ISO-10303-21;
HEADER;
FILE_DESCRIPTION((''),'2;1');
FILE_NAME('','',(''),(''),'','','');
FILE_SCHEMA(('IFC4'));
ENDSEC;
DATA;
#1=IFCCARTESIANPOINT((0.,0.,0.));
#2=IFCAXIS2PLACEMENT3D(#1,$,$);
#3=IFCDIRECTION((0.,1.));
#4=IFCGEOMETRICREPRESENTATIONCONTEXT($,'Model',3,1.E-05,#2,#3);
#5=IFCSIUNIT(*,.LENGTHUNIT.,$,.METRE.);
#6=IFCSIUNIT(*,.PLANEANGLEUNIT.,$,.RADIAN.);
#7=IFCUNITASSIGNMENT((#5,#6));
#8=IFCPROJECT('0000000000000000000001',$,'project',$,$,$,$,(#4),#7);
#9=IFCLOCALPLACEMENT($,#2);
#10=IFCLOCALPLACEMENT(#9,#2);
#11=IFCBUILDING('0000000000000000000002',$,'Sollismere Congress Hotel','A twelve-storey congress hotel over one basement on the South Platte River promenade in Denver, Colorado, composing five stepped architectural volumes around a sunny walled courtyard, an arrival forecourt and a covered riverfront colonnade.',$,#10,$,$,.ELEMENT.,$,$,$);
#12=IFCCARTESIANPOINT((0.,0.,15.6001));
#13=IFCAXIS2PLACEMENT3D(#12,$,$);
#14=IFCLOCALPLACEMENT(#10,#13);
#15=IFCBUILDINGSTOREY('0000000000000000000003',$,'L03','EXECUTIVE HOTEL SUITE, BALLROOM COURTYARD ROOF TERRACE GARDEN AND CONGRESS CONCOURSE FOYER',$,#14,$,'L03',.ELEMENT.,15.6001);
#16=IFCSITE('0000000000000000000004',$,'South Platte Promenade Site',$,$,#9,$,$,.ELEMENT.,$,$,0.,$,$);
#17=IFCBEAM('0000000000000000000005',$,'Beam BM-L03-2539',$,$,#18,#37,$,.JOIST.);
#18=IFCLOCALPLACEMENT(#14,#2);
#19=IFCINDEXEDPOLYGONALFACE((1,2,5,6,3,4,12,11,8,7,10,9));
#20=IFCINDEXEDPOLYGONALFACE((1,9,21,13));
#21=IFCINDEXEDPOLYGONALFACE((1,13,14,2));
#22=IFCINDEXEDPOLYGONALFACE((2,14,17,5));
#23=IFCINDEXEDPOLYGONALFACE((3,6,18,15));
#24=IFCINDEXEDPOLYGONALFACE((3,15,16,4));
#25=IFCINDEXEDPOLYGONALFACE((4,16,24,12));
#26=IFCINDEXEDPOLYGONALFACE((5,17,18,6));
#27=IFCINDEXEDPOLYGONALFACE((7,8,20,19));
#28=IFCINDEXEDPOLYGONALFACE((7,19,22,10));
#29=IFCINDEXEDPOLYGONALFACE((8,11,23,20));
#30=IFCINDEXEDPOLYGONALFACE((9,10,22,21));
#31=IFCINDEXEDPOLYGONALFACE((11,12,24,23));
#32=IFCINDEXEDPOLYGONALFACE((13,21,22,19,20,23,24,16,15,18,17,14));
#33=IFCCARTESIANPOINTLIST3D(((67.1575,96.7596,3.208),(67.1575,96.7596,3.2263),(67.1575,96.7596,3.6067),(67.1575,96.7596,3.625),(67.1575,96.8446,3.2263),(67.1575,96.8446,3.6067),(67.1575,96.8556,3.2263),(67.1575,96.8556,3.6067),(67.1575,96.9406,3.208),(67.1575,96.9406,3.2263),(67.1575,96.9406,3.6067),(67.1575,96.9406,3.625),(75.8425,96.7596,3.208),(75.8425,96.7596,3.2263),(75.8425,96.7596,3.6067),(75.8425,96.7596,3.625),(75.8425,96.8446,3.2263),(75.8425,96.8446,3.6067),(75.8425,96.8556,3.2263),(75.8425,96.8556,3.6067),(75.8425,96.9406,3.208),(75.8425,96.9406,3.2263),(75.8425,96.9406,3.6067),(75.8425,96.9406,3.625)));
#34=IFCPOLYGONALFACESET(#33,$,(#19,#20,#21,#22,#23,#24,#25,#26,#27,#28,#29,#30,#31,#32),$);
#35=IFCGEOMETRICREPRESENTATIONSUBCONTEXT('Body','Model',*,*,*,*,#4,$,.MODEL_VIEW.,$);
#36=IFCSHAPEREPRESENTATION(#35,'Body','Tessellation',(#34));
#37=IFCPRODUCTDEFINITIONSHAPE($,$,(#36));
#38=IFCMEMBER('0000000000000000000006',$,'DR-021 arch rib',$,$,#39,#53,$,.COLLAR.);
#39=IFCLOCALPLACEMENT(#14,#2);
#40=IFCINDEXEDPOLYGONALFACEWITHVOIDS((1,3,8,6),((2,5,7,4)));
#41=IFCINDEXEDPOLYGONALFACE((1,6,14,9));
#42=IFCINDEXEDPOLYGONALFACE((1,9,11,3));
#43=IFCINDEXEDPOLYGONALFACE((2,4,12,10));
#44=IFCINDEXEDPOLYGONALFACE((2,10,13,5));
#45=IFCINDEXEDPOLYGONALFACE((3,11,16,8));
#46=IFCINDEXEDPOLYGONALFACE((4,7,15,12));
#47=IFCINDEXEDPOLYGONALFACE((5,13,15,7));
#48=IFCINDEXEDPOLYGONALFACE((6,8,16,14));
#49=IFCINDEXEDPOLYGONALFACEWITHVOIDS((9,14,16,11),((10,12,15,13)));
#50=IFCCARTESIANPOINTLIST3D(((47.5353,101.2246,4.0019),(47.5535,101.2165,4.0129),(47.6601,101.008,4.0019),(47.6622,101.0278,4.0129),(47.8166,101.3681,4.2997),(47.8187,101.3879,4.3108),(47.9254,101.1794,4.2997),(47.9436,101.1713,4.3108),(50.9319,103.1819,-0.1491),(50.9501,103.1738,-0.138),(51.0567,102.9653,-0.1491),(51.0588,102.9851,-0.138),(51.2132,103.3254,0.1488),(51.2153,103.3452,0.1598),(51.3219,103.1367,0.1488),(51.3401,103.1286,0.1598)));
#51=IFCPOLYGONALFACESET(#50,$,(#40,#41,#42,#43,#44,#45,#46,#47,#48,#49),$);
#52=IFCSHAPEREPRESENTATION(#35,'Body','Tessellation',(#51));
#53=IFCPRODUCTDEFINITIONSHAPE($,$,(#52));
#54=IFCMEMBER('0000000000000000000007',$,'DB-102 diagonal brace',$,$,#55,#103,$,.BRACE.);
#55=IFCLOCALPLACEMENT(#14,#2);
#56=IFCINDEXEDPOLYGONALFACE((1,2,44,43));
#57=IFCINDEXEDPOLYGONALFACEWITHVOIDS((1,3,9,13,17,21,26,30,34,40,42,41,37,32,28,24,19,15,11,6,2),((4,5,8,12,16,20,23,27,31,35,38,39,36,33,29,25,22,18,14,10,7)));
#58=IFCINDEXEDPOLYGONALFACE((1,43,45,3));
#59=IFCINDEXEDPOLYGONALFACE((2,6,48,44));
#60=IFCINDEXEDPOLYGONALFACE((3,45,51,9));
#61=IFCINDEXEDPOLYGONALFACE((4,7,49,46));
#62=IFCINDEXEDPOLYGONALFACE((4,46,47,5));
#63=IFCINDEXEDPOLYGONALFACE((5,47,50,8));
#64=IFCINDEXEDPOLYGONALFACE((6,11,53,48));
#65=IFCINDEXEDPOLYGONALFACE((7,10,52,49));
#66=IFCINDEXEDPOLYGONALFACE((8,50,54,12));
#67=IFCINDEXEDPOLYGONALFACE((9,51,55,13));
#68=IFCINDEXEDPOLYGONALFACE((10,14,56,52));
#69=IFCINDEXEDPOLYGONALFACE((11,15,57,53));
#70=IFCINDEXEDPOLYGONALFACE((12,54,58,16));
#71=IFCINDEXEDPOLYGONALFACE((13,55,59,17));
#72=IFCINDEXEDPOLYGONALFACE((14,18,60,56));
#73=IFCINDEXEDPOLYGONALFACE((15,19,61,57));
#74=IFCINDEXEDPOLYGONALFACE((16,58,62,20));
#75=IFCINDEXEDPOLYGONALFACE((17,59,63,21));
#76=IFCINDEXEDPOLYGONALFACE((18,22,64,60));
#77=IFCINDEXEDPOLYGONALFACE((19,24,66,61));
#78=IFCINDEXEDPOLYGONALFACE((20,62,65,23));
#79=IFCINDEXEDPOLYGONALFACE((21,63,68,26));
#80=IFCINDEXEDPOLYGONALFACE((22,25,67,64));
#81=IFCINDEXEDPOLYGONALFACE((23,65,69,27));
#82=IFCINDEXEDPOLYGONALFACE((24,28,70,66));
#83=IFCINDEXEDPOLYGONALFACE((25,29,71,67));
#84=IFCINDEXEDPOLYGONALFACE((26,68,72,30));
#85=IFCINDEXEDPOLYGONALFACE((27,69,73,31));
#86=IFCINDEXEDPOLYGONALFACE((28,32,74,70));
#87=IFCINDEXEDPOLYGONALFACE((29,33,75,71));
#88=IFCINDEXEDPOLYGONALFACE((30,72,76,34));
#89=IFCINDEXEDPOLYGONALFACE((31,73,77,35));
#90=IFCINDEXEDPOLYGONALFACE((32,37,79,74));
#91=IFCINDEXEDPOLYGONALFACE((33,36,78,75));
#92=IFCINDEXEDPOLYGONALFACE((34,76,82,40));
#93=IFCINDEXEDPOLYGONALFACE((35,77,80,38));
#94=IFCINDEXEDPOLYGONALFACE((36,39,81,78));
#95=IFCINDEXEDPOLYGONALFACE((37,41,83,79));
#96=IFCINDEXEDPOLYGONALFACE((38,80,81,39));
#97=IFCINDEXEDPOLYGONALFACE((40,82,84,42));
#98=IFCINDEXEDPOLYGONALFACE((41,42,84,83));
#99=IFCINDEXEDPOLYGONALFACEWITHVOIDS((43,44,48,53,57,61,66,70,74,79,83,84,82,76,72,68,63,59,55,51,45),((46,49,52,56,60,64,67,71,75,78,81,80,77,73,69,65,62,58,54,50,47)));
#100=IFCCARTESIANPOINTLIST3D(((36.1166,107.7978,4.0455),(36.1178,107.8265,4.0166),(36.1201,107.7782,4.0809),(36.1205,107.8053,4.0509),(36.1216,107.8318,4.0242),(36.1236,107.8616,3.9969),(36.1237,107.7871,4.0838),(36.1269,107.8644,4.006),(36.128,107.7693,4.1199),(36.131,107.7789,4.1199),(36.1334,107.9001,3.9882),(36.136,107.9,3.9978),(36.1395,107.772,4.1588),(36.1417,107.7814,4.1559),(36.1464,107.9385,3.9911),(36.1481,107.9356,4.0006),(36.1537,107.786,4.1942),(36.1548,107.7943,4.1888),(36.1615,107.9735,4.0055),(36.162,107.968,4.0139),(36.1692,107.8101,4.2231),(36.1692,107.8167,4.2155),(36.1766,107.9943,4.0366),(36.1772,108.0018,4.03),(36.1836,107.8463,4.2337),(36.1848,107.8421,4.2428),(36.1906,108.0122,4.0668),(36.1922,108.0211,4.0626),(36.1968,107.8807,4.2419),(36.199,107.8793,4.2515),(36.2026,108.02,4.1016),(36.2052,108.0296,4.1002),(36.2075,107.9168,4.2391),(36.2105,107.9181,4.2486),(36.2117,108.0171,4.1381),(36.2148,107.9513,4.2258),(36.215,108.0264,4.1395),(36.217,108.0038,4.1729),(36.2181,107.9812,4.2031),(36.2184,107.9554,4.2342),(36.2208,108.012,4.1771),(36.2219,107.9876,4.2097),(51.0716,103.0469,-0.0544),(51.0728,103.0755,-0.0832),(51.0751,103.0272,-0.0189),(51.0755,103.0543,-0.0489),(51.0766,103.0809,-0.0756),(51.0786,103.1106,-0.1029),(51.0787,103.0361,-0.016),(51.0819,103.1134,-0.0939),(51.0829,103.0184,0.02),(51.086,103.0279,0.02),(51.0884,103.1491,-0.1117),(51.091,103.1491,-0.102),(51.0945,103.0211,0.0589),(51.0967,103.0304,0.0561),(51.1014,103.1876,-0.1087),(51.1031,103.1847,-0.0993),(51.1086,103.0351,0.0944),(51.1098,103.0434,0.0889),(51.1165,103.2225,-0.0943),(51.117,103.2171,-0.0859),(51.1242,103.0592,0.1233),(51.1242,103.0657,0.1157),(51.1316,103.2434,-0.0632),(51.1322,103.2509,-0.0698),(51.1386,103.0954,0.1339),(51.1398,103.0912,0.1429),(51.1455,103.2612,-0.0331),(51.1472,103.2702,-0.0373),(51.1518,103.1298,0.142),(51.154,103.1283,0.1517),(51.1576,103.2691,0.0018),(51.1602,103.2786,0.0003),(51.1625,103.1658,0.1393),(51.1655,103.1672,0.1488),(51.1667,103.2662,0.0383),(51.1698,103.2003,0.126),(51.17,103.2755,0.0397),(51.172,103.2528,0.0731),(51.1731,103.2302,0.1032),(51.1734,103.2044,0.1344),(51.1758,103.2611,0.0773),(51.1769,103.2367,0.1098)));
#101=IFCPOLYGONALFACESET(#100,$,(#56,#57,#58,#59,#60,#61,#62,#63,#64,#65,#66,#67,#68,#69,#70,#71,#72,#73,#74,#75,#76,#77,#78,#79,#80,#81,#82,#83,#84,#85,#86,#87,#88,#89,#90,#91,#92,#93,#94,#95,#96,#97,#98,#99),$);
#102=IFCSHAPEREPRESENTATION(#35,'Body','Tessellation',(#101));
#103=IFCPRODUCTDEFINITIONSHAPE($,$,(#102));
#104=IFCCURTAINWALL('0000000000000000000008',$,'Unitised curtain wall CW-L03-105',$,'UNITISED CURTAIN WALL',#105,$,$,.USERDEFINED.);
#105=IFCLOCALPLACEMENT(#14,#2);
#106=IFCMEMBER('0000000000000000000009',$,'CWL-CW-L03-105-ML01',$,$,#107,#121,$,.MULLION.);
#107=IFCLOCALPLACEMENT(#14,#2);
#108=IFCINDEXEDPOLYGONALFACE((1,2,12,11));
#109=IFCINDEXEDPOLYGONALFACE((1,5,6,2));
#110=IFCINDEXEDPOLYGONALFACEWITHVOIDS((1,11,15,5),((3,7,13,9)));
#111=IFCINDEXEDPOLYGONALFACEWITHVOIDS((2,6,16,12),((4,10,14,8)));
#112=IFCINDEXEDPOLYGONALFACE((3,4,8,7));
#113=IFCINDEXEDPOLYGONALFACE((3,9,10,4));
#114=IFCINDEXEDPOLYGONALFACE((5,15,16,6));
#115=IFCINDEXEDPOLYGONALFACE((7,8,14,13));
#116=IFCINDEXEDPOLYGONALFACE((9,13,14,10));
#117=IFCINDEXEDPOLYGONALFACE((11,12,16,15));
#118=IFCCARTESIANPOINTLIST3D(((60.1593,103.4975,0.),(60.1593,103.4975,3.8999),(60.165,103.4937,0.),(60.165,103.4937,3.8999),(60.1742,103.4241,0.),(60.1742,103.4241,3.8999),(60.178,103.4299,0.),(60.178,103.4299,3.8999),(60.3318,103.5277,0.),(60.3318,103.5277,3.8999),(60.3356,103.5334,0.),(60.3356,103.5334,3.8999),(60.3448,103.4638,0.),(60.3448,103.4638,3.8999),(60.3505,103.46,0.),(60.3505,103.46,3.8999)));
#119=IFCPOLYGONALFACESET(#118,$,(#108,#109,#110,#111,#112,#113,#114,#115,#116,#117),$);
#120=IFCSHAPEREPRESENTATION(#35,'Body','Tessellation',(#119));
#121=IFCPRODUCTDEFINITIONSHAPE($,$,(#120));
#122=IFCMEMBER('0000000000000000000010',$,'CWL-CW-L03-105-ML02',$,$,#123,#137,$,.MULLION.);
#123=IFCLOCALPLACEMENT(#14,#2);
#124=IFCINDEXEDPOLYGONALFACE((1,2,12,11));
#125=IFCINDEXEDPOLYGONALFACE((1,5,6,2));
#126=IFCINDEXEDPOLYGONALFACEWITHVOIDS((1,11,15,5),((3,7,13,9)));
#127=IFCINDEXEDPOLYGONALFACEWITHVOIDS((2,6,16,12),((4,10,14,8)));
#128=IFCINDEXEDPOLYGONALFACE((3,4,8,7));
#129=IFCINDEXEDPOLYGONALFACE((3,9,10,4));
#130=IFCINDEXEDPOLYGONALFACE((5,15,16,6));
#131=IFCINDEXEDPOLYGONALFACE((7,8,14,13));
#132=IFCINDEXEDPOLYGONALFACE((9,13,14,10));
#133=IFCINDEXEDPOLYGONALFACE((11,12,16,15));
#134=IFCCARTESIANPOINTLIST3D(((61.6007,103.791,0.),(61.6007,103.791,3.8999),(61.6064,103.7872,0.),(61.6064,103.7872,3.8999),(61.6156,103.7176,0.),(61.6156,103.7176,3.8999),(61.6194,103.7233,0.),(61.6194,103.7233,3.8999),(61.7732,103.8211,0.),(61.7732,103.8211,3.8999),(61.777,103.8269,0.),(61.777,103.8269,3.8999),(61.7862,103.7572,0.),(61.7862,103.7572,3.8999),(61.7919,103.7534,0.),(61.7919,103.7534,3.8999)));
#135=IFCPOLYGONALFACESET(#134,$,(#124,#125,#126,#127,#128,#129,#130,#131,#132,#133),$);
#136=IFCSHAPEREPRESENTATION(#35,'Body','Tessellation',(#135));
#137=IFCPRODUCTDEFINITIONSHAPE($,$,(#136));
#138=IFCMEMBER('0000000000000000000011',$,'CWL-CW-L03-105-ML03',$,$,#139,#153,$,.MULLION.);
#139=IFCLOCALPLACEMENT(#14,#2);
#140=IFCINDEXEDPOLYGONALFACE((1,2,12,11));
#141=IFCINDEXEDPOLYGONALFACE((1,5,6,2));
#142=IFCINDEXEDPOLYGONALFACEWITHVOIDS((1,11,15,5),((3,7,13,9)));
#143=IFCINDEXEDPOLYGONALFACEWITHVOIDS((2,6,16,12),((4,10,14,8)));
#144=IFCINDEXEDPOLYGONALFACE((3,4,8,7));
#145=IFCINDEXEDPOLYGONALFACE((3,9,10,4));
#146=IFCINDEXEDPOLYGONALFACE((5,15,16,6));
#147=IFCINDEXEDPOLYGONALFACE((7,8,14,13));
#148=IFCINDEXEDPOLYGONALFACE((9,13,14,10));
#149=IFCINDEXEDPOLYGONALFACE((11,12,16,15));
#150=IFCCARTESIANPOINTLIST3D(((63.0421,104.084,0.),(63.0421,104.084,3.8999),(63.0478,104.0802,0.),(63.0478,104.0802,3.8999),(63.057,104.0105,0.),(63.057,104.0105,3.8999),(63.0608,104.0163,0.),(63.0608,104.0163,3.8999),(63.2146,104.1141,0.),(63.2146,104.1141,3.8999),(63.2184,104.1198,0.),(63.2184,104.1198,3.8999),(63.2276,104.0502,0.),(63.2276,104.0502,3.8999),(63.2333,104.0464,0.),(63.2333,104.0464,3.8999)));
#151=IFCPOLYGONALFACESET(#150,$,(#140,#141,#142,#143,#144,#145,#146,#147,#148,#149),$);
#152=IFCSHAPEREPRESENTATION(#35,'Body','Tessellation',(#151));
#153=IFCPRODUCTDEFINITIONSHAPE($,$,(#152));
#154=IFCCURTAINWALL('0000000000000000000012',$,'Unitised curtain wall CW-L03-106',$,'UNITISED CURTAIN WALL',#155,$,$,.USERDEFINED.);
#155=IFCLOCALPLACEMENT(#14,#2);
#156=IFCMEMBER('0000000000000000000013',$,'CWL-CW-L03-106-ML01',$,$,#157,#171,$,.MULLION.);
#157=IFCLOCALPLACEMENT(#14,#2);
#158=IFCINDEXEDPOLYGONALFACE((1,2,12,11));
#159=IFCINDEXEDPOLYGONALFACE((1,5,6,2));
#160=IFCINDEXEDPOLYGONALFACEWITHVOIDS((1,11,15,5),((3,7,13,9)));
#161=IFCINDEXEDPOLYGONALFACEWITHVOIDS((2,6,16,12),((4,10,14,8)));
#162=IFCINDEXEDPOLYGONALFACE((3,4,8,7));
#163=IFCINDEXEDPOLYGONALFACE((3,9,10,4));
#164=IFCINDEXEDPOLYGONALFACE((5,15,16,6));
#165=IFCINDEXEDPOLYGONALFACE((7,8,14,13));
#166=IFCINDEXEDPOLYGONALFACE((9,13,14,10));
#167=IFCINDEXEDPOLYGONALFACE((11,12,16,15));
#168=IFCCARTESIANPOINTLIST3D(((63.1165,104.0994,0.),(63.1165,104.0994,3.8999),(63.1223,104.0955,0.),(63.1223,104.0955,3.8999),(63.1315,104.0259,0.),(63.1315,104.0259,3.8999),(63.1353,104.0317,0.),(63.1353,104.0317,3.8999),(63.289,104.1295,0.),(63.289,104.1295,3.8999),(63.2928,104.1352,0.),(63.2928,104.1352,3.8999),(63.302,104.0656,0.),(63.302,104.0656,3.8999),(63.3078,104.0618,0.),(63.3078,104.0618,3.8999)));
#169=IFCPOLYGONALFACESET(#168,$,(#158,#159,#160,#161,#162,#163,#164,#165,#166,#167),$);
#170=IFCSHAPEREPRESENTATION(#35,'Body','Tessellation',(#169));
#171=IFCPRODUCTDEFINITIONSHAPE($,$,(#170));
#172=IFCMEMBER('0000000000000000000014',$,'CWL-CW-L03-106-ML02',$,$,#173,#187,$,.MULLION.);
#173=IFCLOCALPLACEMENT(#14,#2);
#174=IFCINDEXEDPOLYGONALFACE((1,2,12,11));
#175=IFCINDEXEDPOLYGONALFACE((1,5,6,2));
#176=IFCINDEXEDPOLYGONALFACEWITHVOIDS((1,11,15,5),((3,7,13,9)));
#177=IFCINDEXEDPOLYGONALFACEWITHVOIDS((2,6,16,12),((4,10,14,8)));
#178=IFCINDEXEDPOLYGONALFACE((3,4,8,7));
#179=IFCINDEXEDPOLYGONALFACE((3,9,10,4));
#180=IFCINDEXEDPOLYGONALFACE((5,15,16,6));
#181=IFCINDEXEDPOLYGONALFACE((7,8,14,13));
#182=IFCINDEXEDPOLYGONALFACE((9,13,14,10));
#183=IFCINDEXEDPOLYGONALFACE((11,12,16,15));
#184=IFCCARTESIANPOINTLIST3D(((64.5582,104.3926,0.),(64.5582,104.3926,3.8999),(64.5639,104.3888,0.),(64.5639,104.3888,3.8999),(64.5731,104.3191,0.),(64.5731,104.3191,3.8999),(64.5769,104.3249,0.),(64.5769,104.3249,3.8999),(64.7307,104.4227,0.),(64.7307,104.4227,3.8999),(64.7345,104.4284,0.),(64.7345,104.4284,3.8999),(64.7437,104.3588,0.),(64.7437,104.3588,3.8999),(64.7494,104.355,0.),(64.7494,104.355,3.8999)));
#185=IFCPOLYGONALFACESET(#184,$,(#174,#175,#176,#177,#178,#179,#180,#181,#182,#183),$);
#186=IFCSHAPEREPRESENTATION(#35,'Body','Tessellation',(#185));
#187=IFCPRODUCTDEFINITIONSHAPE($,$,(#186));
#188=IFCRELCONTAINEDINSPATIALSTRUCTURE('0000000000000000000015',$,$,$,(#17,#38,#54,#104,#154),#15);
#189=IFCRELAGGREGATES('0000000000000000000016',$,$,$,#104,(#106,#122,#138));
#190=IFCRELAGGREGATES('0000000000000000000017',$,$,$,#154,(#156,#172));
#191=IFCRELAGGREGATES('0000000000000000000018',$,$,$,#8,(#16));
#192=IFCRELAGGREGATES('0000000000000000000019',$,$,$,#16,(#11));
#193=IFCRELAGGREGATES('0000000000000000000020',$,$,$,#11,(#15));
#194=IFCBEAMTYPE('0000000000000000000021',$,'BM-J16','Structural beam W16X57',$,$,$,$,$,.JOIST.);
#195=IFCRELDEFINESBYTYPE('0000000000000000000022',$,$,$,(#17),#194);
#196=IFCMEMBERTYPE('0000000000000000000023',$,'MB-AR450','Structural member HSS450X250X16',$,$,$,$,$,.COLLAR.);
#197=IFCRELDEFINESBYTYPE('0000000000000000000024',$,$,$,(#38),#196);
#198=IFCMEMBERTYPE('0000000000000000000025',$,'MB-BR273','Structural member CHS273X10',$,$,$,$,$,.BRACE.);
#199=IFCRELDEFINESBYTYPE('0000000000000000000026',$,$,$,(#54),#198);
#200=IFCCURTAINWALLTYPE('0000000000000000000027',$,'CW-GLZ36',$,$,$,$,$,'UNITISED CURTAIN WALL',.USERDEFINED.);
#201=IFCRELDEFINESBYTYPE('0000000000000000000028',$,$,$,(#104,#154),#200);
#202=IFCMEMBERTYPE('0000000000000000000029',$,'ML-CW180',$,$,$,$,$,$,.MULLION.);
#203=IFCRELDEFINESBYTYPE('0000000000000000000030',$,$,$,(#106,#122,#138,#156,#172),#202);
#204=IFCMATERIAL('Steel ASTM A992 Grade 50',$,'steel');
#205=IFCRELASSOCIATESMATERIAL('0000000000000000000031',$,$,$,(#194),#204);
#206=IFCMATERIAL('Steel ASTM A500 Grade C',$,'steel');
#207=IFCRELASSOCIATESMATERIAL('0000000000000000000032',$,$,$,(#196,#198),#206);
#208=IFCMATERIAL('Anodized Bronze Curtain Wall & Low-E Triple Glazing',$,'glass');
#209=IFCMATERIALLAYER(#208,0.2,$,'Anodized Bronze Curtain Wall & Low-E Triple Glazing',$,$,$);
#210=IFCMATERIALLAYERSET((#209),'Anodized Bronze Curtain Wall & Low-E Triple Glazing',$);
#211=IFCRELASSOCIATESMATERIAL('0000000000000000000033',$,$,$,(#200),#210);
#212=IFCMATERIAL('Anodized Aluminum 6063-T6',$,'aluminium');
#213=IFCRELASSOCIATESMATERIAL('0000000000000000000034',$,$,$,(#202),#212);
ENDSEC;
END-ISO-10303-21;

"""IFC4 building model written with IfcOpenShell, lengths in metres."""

from ifc_helpers import new_model, si_unit, direction, frame, origin, origin_2d, place, context, subcontext, project, spatial, hollow_rectangle, hollow_circle, i_section, extrude, material, layer, layer_set, material_profile, profile_set, type_object, element, aggregate, save


model = new_model("IFC4")

# Units and contexts
model_context = context("Model", 3, precision=1e-05, world=origin(), true_north=direction((0.0, 1.0)))
body_context = subcontext(model_context, "Body", "Model", "MODEL_VIEW")
ifc_project = project(units=[si_unit("LENGTHUNIT", "METRE"), si_unit("PLANEANGLEUNIT", "RADIAN")], contexts=[model_context])

# Site, building, storey
site_placement = place(None, origin())
site = spatial("IfcSite", under=ifc_project, at=site_placement, Name="South Platte Promenade Site", CompositionType="ELEMENT", RefElevation=0.0)
building_placement = place(site_placement, origin())
building = spatial("IfcBuilding", under=site, at=building_placement, Name="Sollismere Congress Hotel", Description="A twelve-storey congress hotel over one basement on the South Platte River promenade in Denver, Colorado, composing five stepped architectural volumes around a sunny walled courtyard, an arrival forecourt and a covered riverfront colonnade.", CompositionType="ELEMENT")
storey_placement = place(building_placement, frame((0.0, 0.0, 15.6001)))
storey = spatial("IfcBuildingStorey", under=building, at=storey_placement, Name="L03", Description="EXECUTIVE HOTEL SUITE, BALLROOM COURTYARD ROOF TERRACE GARDEN AND CONGRESS CONCOURSE FOYER", LongName="L03", CompositionType="ELEMENT", Elevation=15.6001)

# Shared definitions
ifc_material_1 = material(Name="Steel ASTM A992 Grade 50", Category="steel")

# Beam
ifc_material_profile_1 = material_profile(ifc_material_1, i_section(OverallWidth=0.1809, OverallDepth=0.417, WebThickness=0.011, FlangeThickness=0.0183, at=origin_2d()), Name="W16X57")
ifc_profile_set_1 = profile_set([ifc_material_profile_1], Name="Steel ASTM A992 Grade 50")
beam_type_1 = type_object("IfcBeamType", Name="BM-J16", Description="Structural beam W16X57", PredefinedType="JOIST", material=ifc_profile_set_1)
beam_1_placement = place(storey_placement, frame((67.1575, 96.8501, 3.4165), z_axis=(1.0, 0.0, 0.0), x_axis=(0.0, 1.0, 0.0)))
element("IfcBeam", 1, at=beam_1_placement, inside=storey, type_object=beam_type_1, Name="Beam BM-L03-2539", PredefinedType="JOIST", context=body_context, shape_type="SweptSolid", body=[
    extrude(i_section(OverallWidth=0.1809, OverallDepth=0.417, WebThickness=0.011, FlangeThickness=0.0183, at=origin_2d()), origin(), (0.0, 0.0, 1.0), 8.6851),
])

# Members
ifc_material_2 = material(Name="Steel ASTM A500 Grade C", Category="steel")
ifc_material_profile_2 = material_profile(ifc_material_2, hollow_rectangle(XDim=0.25, YDim=0.45, WallThickness=0.0161, at=origin_2d()), Name="HSS450X250X16")
ifc_profile_set_2 = profile_set([ifc_material_profile_2], Name="Steel ASTM A500 Grade C")
member_type_1 = type_object("IfcMemberType", Name="MB-AR450", Description="Structural member HSS450X250X16", PredefinedType="COLLAR", material=ifc_profile_set_2)
member_1_placement = place(storey_placement, frame((51.136, 103.1553, 0.0054), z_axis=(-0.594897, -0.342819, 0.72703), x_axis=(0.499295, -0.866432, 0.0)))
element("IfcMember", 2, at=member_1_placement, inside=storey, type_object=member_type_1, Name="DR-021 arch rib", PredefinedType="COLLAR", context=body_context, shape_type="SweptSolid", body=[
    extrude(hollow_rectangle(XDim=0.25, YDim=0.45, WallThickness=0.0161, at=origin_2d()), origin(), (0.0, 0.0, 1.0), 5.7095),
])
ifc_material_profile_3 = material_profile(ifc_material_2, hollow_circle(Radius=0.1365, WallThickness=0.01, at=origin_2d()), Name="CHS273X10")
ifc_profile_set_3 = profile_set([ifc_material_profile_3], Name="Steel ASTM A500 Grade C")
member_type_2 = type_object("IfcMemberType", Name="MB-BR273", Description="Structural member CHS273X10", PredefinedType="BRACE", material=ifc_profile_set_3)
member_2_placement = place(storey_placement, frame((51.1243, 103.1484, 0.02), z_axis=(-0.922108, 0.292938, 0.252791), x_axis=(-0.302772, -0.953063, 0.0)))
element("IfcMember", 3, at=member_2_placement, inside=storey, type_object=member_type_2, Name="DB-102 diagonal brace", PredefinedType="BRACE", context=body_context, shape_type="SweptSolid", body=[
    extrude(hollow_circle(Radius=0.1365, WallThickness=0.01, at=origin_2d()), origin(), (0.0, 0.0, 1.0), 16.2183),
])

# Curtain walls, members
ifc_material_3 = material(Name="Anodized Bronze Curtain Wall & Low-E Triple Glazing", Category="glass")
ifc_layer_1 = layer(ifc_material_3, 0.2, Name="Anodized Bronze Curtain Wall & Low-E Triple Glazing")
ifc_layer_set_1 = layer_set([ifc_layer_1], Name="Anodized Bronze Curtain Wall & Low-E Triple Glazing")
curtain_wall_type = type_object("IfcCurtainWallType", Name="CW-GLZ36", ElementType="UNITISED CURTAIN WALL", PredefinedType="USERDEFINED", material=ifc_layer_set_1)
curtain_wall_1_placement = place(storey_placement, origin())
curtain_wall_1 = element("IfcCurtainWall", 4, at=curtain_wall_1_placement, inside=storey, type_object=curtain_wall_type, Name="Unitised curtain wall CW-L03-105", ObjectType="UNITISED CURTAIN WALL", PredefinedType="USERDEFINED")
ifc_material_4 = material(Name="Anodized Aluminum 6063-T6", Category="aluminium")
ifc_material_profile_4 = material_profile(ifc_material_4, hollow_rectangle(XDim=0.075, YDim=0.1799, WallThickness=0.0049, at=origin_2d()), Name="ALU180X75X5")
ifc_profile_set_4 = profile_set([ifc_material_profile_4], Name="Anodized Aluminum 6063-T6")
member_type_3 = type_object("IfcMemberType", Name="ML-CW180", PredefinedType="MULLION", material=ifc_profile_set_4)
member_3_placement = place(storey_placement, frame((60.2549, 103.4788, 0.0), z_axis=(0.0, 0.0, 1.0), x_axis=(-0.199368, 0.979925, 0.0)))
member_3 = element("IfcMember", 5, at=member_3_placement, type_object=member_type_3, Name="CWL-CW-L03-105-ML01", PredefinedType="MULLION", context=body_context, shape_type="SweptSolid", body=[
    extrude(hollow_rectangle(XDim=0.075, YDim=0.1799, WallThickness=0.0049, at=origin_2d()), origin(), (0.0, 0.0, 1.0), 3.8999),
])
member_4_placement = place(storey_placement, frame((61.6963, 103.7722, 0.0), z_axis=(0.0, 0.0, 1.0), x_axis=(-0.199368, 0.979925, 0.0)))
member_4 = element("IfcMember", 6, at=member_4_placement, type_object=member_type_3, Name="CWL-CW-L03-105-ML02", PredefinedType="MULLION", context=body_context, shape_type="SweptSolid", body=[
    extrude(hollow_rectangle(XDim=0.075, YDim=0.1799, WallThickness=0.0049, at=origin_2d()), origin(), (0.0, 0.0, 1.0), 3.8999),
])
member_5_placement = place(storey_placement, frame((63.1377, 104.0652, 0.0), z_axis=(0.0, 0.0, 1.0), x_axis=(-0.199368, 0.979925, 0.0)))
member_5 = element("IfcMember", 7, at=member_5_placement, type_object=member_type_3, Name="CWL-CW-L03-105-ML03", PredefinedType="MULLION", context=body_context, shape_type="SweptSolid", body=[
    extrude(hollow_rectangle(XDim=0.075, YDim=0.1799, WallThickness=0.0049, at=origin_2d()), origin(), (0.0, 0.0, 1.0), 3.8999),
])
curtain_wall_2_placement = place(storey_placement, origin())
curtain_wall_2 = element("IfcCurtainWall", 8, at=curtain_wall_2_placement, inside=storey, type_object=curtain_wall_type, Name="Unitised curtain wall CW-L03-106", ObjectType="UNITISED CURTAIN WALL", PredefinedType="USERDEFINED")
member_6_placement = place(storey_placement, frame((63.2122, 104.0806, 0.0), z_axis=(0.0, 0.0, 1.0), x_axis=(-0.199368, 0.979925, 0.0)))
member_6 = element("IfcMember", 9, at=member_6_placement, type_object=member_type_3, Name="CWL-CW-L03-106-ML01", PredefinedType="MULLION", context=body_context, shape_type="SweptSolid", body=[
    extrude(hollow_rectangle(XDim=0.075, YDim=0.1799, WallThickness=0.0049, at=origin_2d()), origin(), (0.0, 0.0, 1.0), 3.8999),
])
member_7_placement = place(storey_placement, frame((64.6538, 104.3738, 0.0), z_axis=(0.0, 0.0, 1.0), x_axis=(-0.199368, 0.979925, 0.0)))
member_7 = element("IfcMember", 10, at=member_7_placement, type_object=member_type_3, Name="CWL-CW-L03-106-ML02", PredefinedType="MULLION", context=body_context, shape_type="SweptSolid", body=[
    extrude(hollow_rectangle(XDim=0.075, YDim=0.1799, WallThickness=0.0049, at=origin_2d()), origin(), (0.0, 0.0, 1.0), 3.8999),
])

aggregate(curtain_wall_1, [member_3, member_4, member_5])
aggregate(curtain_wall_2, [member_6, member_7])

save(model, "model.ifc")
